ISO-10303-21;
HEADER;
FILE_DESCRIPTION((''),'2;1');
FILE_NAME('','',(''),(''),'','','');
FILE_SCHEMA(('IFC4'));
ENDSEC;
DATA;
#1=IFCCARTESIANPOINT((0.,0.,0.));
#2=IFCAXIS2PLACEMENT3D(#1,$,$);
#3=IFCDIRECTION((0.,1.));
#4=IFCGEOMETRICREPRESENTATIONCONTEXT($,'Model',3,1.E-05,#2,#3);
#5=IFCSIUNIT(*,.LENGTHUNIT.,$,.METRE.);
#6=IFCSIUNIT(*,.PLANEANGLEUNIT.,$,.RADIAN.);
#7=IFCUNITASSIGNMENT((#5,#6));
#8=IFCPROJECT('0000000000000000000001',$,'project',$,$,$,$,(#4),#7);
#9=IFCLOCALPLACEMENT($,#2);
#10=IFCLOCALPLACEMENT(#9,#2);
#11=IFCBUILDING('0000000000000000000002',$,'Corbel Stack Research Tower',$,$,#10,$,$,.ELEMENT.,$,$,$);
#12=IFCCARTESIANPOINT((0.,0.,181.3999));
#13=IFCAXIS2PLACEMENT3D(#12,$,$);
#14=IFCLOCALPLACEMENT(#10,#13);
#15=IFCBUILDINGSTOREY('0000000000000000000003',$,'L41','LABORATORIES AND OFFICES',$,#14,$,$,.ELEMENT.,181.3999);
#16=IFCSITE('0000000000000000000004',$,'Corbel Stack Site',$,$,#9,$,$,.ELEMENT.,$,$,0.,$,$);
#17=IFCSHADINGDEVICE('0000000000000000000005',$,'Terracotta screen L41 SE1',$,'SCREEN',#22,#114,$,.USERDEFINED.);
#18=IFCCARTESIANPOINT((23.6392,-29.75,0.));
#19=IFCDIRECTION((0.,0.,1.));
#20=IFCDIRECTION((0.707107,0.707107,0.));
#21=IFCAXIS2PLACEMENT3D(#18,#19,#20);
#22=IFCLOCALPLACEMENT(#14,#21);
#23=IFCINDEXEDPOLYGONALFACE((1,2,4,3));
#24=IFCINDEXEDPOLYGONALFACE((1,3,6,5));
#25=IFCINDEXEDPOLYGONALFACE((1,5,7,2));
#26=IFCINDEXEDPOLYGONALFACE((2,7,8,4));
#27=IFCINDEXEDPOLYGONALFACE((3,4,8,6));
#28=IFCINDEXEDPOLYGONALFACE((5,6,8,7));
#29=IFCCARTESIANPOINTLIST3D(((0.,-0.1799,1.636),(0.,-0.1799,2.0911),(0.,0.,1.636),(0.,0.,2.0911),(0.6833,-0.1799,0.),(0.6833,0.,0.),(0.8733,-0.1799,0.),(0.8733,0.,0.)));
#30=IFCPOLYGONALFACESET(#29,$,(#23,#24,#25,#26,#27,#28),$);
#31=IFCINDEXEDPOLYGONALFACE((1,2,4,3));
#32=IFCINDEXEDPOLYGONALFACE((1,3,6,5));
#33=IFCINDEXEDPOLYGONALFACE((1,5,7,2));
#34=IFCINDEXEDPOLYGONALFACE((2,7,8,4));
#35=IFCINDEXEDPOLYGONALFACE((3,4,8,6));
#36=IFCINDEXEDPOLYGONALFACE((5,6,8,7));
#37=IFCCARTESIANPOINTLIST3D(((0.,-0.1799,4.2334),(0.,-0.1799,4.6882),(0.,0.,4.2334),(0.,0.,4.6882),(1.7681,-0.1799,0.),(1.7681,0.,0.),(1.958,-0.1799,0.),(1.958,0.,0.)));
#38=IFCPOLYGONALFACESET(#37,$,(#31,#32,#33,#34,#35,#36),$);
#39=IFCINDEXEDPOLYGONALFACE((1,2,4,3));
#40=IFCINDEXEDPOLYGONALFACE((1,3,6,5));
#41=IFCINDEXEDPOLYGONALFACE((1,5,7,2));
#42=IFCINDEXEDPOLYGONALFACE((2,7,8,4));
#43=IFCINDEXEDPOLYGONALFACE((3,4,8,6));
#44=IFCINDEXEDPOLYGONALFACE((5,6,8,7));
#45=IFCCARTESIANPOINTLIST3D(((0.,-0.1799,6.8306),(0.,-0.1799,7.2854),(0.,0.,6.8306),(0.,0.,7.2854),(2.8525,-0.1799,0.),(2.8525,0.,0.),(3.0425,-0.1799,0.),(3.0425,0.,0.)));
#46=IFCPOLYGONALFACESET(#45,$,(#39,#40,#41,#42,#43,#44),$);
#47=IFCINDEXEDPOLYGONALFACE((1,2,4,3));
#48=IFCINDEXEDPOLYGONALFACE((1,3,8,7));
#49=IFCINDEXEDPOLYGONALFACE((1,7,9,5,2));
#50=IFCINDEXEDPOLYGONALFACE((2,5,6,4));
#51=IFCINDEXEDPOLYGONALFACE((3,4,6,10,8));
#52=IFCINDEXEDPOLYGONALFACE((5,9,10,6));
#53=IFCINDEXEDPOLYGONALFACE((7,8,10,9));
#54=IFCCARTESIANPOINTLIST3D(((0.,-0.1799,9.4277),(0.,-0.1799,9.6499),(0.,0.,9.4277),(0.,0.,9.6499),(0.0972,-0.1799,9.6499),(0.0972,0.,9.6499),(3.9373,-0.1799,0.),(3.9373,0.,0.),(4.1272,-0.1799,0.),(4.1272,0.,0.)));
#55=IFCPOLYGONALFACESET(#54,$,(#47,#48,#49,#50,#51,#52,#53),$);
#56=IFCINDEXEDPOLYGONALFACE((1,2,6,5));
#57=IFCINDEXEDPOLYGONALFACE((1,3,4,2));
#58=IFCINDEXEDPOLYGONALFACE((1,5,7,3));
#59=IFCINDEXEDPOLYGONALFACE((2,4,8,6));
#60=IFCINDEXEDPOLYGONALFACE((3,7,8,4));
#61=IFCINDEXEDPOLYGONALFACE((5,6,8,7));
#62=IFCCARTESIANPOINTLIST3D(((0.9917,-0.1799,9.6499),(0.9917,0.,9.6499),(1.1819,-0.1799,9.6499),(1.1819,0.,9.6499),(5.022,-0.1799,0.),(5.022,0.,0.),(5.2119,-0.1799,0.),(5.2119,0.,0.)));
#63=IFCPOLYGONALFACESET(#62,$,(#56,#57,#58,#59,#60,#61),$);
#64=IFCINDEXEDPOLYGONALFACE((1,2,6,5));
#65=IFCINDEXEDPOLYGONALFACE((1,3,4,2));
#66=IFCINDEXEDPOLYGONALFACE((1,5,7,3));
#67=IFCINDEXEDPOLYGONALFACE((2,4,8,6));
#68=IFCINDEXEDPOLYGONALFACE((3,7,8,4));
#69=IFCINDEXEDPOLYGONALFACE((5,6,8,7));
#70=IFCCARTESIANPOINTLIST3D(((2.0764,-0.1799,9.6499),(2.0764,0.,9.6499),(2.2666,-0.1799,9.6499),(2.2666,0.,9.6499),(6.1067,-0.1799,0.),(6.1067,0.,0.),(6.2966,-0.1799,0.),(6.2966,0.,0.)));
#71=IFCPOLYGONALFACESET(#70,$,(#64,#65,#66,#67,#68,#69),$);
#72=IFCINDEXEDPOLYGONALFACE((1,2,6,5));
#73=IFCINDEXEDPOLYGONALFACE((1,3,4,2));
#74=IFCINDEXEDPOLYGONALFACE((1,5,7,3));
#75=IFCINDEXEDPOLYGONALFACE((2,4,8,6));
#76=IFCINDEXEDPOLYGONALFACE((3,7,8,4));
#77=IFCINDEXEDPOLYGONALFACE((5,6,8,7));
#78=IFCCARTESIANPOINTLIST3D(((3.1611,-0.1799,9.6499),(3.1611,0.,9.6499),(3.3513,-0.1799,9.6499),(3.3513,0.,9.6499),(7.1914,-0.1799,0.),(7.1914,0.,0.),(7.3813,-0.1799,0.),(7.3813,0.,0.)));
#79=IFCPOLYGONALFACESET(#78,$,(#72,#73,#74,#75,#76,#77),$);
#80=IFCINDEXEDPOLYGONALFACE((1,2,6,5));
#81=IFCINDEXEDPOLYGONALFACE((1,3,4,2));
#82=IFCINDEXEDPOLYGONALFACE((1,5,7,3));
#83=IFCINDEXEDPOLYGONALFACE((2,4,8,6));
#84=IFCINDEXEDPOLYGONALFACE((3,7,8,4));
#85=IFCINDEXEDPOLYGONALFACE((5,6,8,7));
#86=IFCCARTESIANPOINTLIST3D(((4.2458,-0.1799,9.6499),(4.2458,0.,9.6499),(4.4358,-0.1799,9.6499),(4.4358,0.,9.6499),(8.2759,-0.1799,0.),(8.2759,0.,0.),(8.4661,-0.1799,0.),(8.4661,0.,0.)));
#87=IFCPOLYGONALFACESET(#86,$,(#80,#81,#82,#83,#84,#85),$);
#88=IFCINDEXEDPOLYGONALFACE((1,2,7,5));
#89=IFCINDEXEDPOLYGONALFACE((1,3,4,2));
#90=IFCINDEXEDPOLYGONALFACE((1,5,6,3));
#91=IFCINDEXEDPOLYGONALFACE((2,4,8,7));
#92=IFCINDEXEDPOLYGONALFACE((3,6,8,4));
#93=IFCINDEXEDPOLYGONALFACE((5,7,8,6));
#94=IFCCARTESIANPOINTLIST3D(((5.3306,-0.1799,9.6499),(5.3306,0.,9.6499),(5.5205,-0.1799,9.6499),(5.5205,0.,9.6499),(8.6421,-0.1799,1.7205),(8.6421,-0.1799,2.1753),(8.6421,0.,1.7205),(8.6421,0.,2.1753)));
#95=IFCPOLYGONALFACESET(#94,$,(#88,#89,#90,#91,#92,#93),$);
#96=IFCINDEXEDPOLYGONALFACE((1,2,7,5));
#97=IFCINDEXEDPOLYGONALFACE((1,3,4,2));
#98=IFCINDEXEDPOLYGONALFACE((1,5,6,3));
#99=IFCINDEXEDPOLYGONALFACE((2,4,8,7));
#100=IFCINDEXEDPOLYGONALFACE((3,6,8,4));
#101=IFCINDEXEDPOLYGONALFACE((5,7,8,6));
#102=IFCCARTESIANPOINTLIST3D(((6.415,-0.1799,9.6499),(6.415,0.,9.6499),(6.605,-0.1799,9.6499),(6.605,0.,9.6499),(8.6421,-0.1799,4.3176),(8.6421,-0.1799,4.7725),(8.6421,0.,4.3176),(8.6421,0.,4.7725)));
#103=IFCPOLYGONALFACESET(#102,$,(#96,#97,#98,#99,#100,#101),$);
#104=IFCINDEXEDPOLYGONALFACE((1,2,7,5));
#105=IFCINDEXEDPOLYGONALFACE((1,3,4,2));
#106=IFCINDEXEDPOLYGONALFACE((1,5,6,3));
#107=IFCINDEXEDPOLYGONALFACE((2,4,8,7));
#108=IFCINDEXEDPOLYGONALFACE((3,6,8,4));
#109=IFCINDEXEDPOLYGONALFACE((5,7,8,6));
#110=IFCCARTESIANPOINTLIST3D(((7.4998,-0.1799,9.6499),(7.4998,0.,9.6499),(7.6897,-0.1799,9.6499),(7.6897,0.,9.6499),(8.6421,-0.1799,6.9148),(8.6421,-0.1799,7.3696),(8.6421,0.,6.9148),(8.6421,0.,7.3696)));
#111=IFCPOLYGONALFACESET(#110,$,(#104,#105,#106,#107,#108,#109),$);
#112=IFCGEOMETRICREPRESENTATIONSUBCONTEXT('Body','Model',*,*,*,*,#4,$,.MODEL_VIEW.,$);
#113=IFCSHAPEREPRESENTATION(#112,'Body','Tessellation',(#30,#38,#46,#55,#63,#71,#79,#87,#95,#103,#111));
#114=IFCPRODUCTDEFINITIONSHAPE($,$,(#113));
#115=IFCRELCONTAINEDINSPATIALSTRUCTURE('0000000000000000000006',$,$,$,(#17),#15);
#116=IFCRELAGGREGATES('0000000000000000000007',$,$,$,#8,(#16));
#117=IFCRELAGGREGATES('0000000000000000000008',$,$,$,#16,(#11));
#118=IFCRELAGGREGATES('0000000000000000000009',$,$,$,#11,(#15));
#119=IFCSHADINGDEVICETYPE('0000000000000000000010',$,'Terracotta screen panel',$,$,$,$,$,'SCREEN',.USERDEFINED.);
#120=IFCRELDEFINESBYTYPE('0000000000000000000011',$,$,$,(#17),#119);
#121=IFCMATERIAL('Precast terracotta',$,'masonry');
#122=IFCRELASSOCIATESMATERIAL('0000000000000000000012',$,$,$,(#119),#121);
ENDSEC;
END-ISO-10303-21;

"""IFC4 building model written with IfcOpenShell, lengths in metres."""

from ifc_helpers import new_model, si_unit, direction, frame, origin, place, context, subcontext, project, spatial, polyline, outline, extrude, source, transform, mapped, material, type_object, element, save


model = new_model("IFC4")

# Units and contexts
model_context = context("Model", 3, precision=1e-05, world=origin(), true_north=direction((0.0, 1.0)))
body_context = subcontext(model_context, "Body", "Model", "MODEL_VIEW")
ifc_project = project(units=[si_unit("LENGTHUNIT", "METRE"), si_unit("PLANEANGLEUNIT", "RADIAN")], contexts=[model_context])

# Site, building, storey
site_placement = place(None, origin())
site = spatial("IfcSite", under=ifc_project, at=site_placement, Name="Corbel Stack Site", CompositionType="ELEMENT", RefElevation=0.0)
building_placement = place(site_placement, origin())
building = spatial("IfcBuilding", under=site, at=building_placement, Name="Corbel Stack Research Tower", CompositionType="ELEMENT")
storey_placement = place(building_placement, frame((0.0, 0.0, 181.3999)))
storey = spatial("IfcBuildingStorey", under=building, at=storey_placement, Name="L41", Description="LABORATORIES AND OFFICES", CompositionType="ELEMENT", Elevation=181.3999)

# Shading device
ifc_material_1 = material(Name="Precast terracotta", Category="masonry")
shading_device_type = type_object("IfcShadingDeviceType", Name="Terracotta screen panel", ElementType="SCREEN", PredefinedType="USERDEFINED", material=ifc_material_1)
shared_shape_1 = source(origin(), body_context, "Body", "SweptSolid", [
    extrude(outline(polyline([(0.8733, 0.0), (0.0, 2.0911), (0.0, 1.636), (0.6833, 0.0), (0.8733, 0.0)])), frame((0.0, 0.0, 0.0), z_axis=(0.0, -1.0, 0.0), x_axis=(1.0, 0.0, 0.0)), (0.0, 0.0, 1.0), 0.1799),
    extrude(outline(polyline([(1.958, 0.0), (0.0, 4.6882), (0.0, 4.2334), (1.7681, 0.0), (1.958, 0.0)])), frame((0.0, 0.0, 0.0), z_axis=(0.0, -1.0, 0.0), x_axis=(1.0, 0.0, 0.0)), (0.0, 0.0, 1.0), 0.1799),
    extrude(outline(polyline([(3.0425, 0.0), (0.0, 7.2854), (0.0, 6.8306), (2.8525, 0.0), (3.0425, 0.0)])), frame((0.0, 0.0, 0.0), z_axis=(0.0, -1.0, 0.0), x_axis=(1.0, 0.0, 0.0)), (0.0, 0.0, 1.0), 0.1799),
    extrude(outline(polyline([(4.1272, 0.0), (0.0972, 9.6499), (0.0, 9.6499), (0.0, 9.4277), (3.9373, 0.0), (4.1272, 0.0)])), frame((0.0, 0.0, 0.0), z_axis=(0.0, -1.0, 0.0), x_axis=(1.0, 0.0, 0.0)), (0.0, 0.0, 1.0), 0.1799),
    extrude(outline(polyline([(5.2119, 0.0), (1.1819, 9.6499), (0.9917, 9.6499), (5.022, 0.0), (5.2119, 0.0)])), frame((0.0, 0.0, 0.0), z_axis=(0.0, -1.0, 0.0), x_axis=(1.0, 0.0, 0.0)), (0.0, 0.0, 1.0), 0.1799),
    extrude(outline(polyline([(6.2966, 0.0), (2.2666, 9.6499), (2.0764, 9.6499), (6.1067, 0.0), (6.2966, 0.0)])), frame((0.0, 0.0, 0.0), z_axis=(0.0, -1.0, 0.0), x_axis=(1.0, 0.0, 0.0)), (0.0, 0.0, 1.0), 0.1799),
    extrude(outline(polyline([(7.3813, 0.0), (3.3513, 9.6499), (3.1611, 9.6499), (7.1914, 0.0), (7.3813, 0.0)])), frame((0.0, 0.0, 0.0), z_axis=(0.0, -1.0, 0.0), x_axis=(1.0, 0.0, 0.0)), (0.0, 0.0, 1.0), 0.1799),
    extrude(outline(polyline([(8.4661, 0.0), (4.4358, 9.6499), (4.2458, 9.6499), (8.2759, 0.0), (8.4661, 0.0)])), frame((0.0, 0.0, 0.0), z_axis=(0.0, -1.0, 0.0), x_axis=(1.0, 0.0, 0.0)), (0.0, 0.0, 1.0), 0.1799),
    extrude(outline(polyline([(5.5205, 9.6499), (5.3306, 9.6499), (8.6421, 1.7205), (8.6421, 2.1753), (5.5205, 9.6499)])), frame((0.0, 0.0, 0.0), z_axis=(0.0, -1.0, 0.0), x_axis=(1.0, 0.0, 0.0)), (0.0, 0.0, 1.0), 0.1799),
    extrude(outline(polyline([(6.605, 9.6499), (6.415, 9.6499), (8.6421, 4.3176), (8.6421, 4.7725), (6.605, 9.6499)])), frame((0.0, 0.0, 0.0), z_axis=(0.0, -1.0, 0.0), x_axis=(1.0, 0.0, 0.0)), (0.0, 0.0, 1.0), 0.1799),
    extrude(outline(polyline([(7.6897, 9.6499), (7.4998, 9.6499), (8.6421, 6.9148), (8.6421, 7.3696), (7.6897, 9.6499)])), frame((0.0, 0.0, 0.0), z_axis=(0.0, -1.0, 0.0), x_axis=(1.0, 0.0, 0.0)), (0.0, 0.0, 1.0), 0.1799),
])
shading_device_1_placement = place(storey_placement, frame((23.6392, -29.75, 0.0), z_axis=(0.0, 0.0, 1.0), x_axis=(0.707107, 0.707107, 0.0)))
element("IfcShadingDevice", 1, at=shading_device_1_placement, inside=storey, type_object=shading_device_type, Name="Terracotta screen L41 SE1", ObjectType="SCREEN", PredefinedType="USERDEFINED", context=body_context, shape_type="MappedRepresentation", body=[
    mapped(shared_shape_1, transform((0.0, 0.0, 0.0))),
])

save(model, "model.ifc")
